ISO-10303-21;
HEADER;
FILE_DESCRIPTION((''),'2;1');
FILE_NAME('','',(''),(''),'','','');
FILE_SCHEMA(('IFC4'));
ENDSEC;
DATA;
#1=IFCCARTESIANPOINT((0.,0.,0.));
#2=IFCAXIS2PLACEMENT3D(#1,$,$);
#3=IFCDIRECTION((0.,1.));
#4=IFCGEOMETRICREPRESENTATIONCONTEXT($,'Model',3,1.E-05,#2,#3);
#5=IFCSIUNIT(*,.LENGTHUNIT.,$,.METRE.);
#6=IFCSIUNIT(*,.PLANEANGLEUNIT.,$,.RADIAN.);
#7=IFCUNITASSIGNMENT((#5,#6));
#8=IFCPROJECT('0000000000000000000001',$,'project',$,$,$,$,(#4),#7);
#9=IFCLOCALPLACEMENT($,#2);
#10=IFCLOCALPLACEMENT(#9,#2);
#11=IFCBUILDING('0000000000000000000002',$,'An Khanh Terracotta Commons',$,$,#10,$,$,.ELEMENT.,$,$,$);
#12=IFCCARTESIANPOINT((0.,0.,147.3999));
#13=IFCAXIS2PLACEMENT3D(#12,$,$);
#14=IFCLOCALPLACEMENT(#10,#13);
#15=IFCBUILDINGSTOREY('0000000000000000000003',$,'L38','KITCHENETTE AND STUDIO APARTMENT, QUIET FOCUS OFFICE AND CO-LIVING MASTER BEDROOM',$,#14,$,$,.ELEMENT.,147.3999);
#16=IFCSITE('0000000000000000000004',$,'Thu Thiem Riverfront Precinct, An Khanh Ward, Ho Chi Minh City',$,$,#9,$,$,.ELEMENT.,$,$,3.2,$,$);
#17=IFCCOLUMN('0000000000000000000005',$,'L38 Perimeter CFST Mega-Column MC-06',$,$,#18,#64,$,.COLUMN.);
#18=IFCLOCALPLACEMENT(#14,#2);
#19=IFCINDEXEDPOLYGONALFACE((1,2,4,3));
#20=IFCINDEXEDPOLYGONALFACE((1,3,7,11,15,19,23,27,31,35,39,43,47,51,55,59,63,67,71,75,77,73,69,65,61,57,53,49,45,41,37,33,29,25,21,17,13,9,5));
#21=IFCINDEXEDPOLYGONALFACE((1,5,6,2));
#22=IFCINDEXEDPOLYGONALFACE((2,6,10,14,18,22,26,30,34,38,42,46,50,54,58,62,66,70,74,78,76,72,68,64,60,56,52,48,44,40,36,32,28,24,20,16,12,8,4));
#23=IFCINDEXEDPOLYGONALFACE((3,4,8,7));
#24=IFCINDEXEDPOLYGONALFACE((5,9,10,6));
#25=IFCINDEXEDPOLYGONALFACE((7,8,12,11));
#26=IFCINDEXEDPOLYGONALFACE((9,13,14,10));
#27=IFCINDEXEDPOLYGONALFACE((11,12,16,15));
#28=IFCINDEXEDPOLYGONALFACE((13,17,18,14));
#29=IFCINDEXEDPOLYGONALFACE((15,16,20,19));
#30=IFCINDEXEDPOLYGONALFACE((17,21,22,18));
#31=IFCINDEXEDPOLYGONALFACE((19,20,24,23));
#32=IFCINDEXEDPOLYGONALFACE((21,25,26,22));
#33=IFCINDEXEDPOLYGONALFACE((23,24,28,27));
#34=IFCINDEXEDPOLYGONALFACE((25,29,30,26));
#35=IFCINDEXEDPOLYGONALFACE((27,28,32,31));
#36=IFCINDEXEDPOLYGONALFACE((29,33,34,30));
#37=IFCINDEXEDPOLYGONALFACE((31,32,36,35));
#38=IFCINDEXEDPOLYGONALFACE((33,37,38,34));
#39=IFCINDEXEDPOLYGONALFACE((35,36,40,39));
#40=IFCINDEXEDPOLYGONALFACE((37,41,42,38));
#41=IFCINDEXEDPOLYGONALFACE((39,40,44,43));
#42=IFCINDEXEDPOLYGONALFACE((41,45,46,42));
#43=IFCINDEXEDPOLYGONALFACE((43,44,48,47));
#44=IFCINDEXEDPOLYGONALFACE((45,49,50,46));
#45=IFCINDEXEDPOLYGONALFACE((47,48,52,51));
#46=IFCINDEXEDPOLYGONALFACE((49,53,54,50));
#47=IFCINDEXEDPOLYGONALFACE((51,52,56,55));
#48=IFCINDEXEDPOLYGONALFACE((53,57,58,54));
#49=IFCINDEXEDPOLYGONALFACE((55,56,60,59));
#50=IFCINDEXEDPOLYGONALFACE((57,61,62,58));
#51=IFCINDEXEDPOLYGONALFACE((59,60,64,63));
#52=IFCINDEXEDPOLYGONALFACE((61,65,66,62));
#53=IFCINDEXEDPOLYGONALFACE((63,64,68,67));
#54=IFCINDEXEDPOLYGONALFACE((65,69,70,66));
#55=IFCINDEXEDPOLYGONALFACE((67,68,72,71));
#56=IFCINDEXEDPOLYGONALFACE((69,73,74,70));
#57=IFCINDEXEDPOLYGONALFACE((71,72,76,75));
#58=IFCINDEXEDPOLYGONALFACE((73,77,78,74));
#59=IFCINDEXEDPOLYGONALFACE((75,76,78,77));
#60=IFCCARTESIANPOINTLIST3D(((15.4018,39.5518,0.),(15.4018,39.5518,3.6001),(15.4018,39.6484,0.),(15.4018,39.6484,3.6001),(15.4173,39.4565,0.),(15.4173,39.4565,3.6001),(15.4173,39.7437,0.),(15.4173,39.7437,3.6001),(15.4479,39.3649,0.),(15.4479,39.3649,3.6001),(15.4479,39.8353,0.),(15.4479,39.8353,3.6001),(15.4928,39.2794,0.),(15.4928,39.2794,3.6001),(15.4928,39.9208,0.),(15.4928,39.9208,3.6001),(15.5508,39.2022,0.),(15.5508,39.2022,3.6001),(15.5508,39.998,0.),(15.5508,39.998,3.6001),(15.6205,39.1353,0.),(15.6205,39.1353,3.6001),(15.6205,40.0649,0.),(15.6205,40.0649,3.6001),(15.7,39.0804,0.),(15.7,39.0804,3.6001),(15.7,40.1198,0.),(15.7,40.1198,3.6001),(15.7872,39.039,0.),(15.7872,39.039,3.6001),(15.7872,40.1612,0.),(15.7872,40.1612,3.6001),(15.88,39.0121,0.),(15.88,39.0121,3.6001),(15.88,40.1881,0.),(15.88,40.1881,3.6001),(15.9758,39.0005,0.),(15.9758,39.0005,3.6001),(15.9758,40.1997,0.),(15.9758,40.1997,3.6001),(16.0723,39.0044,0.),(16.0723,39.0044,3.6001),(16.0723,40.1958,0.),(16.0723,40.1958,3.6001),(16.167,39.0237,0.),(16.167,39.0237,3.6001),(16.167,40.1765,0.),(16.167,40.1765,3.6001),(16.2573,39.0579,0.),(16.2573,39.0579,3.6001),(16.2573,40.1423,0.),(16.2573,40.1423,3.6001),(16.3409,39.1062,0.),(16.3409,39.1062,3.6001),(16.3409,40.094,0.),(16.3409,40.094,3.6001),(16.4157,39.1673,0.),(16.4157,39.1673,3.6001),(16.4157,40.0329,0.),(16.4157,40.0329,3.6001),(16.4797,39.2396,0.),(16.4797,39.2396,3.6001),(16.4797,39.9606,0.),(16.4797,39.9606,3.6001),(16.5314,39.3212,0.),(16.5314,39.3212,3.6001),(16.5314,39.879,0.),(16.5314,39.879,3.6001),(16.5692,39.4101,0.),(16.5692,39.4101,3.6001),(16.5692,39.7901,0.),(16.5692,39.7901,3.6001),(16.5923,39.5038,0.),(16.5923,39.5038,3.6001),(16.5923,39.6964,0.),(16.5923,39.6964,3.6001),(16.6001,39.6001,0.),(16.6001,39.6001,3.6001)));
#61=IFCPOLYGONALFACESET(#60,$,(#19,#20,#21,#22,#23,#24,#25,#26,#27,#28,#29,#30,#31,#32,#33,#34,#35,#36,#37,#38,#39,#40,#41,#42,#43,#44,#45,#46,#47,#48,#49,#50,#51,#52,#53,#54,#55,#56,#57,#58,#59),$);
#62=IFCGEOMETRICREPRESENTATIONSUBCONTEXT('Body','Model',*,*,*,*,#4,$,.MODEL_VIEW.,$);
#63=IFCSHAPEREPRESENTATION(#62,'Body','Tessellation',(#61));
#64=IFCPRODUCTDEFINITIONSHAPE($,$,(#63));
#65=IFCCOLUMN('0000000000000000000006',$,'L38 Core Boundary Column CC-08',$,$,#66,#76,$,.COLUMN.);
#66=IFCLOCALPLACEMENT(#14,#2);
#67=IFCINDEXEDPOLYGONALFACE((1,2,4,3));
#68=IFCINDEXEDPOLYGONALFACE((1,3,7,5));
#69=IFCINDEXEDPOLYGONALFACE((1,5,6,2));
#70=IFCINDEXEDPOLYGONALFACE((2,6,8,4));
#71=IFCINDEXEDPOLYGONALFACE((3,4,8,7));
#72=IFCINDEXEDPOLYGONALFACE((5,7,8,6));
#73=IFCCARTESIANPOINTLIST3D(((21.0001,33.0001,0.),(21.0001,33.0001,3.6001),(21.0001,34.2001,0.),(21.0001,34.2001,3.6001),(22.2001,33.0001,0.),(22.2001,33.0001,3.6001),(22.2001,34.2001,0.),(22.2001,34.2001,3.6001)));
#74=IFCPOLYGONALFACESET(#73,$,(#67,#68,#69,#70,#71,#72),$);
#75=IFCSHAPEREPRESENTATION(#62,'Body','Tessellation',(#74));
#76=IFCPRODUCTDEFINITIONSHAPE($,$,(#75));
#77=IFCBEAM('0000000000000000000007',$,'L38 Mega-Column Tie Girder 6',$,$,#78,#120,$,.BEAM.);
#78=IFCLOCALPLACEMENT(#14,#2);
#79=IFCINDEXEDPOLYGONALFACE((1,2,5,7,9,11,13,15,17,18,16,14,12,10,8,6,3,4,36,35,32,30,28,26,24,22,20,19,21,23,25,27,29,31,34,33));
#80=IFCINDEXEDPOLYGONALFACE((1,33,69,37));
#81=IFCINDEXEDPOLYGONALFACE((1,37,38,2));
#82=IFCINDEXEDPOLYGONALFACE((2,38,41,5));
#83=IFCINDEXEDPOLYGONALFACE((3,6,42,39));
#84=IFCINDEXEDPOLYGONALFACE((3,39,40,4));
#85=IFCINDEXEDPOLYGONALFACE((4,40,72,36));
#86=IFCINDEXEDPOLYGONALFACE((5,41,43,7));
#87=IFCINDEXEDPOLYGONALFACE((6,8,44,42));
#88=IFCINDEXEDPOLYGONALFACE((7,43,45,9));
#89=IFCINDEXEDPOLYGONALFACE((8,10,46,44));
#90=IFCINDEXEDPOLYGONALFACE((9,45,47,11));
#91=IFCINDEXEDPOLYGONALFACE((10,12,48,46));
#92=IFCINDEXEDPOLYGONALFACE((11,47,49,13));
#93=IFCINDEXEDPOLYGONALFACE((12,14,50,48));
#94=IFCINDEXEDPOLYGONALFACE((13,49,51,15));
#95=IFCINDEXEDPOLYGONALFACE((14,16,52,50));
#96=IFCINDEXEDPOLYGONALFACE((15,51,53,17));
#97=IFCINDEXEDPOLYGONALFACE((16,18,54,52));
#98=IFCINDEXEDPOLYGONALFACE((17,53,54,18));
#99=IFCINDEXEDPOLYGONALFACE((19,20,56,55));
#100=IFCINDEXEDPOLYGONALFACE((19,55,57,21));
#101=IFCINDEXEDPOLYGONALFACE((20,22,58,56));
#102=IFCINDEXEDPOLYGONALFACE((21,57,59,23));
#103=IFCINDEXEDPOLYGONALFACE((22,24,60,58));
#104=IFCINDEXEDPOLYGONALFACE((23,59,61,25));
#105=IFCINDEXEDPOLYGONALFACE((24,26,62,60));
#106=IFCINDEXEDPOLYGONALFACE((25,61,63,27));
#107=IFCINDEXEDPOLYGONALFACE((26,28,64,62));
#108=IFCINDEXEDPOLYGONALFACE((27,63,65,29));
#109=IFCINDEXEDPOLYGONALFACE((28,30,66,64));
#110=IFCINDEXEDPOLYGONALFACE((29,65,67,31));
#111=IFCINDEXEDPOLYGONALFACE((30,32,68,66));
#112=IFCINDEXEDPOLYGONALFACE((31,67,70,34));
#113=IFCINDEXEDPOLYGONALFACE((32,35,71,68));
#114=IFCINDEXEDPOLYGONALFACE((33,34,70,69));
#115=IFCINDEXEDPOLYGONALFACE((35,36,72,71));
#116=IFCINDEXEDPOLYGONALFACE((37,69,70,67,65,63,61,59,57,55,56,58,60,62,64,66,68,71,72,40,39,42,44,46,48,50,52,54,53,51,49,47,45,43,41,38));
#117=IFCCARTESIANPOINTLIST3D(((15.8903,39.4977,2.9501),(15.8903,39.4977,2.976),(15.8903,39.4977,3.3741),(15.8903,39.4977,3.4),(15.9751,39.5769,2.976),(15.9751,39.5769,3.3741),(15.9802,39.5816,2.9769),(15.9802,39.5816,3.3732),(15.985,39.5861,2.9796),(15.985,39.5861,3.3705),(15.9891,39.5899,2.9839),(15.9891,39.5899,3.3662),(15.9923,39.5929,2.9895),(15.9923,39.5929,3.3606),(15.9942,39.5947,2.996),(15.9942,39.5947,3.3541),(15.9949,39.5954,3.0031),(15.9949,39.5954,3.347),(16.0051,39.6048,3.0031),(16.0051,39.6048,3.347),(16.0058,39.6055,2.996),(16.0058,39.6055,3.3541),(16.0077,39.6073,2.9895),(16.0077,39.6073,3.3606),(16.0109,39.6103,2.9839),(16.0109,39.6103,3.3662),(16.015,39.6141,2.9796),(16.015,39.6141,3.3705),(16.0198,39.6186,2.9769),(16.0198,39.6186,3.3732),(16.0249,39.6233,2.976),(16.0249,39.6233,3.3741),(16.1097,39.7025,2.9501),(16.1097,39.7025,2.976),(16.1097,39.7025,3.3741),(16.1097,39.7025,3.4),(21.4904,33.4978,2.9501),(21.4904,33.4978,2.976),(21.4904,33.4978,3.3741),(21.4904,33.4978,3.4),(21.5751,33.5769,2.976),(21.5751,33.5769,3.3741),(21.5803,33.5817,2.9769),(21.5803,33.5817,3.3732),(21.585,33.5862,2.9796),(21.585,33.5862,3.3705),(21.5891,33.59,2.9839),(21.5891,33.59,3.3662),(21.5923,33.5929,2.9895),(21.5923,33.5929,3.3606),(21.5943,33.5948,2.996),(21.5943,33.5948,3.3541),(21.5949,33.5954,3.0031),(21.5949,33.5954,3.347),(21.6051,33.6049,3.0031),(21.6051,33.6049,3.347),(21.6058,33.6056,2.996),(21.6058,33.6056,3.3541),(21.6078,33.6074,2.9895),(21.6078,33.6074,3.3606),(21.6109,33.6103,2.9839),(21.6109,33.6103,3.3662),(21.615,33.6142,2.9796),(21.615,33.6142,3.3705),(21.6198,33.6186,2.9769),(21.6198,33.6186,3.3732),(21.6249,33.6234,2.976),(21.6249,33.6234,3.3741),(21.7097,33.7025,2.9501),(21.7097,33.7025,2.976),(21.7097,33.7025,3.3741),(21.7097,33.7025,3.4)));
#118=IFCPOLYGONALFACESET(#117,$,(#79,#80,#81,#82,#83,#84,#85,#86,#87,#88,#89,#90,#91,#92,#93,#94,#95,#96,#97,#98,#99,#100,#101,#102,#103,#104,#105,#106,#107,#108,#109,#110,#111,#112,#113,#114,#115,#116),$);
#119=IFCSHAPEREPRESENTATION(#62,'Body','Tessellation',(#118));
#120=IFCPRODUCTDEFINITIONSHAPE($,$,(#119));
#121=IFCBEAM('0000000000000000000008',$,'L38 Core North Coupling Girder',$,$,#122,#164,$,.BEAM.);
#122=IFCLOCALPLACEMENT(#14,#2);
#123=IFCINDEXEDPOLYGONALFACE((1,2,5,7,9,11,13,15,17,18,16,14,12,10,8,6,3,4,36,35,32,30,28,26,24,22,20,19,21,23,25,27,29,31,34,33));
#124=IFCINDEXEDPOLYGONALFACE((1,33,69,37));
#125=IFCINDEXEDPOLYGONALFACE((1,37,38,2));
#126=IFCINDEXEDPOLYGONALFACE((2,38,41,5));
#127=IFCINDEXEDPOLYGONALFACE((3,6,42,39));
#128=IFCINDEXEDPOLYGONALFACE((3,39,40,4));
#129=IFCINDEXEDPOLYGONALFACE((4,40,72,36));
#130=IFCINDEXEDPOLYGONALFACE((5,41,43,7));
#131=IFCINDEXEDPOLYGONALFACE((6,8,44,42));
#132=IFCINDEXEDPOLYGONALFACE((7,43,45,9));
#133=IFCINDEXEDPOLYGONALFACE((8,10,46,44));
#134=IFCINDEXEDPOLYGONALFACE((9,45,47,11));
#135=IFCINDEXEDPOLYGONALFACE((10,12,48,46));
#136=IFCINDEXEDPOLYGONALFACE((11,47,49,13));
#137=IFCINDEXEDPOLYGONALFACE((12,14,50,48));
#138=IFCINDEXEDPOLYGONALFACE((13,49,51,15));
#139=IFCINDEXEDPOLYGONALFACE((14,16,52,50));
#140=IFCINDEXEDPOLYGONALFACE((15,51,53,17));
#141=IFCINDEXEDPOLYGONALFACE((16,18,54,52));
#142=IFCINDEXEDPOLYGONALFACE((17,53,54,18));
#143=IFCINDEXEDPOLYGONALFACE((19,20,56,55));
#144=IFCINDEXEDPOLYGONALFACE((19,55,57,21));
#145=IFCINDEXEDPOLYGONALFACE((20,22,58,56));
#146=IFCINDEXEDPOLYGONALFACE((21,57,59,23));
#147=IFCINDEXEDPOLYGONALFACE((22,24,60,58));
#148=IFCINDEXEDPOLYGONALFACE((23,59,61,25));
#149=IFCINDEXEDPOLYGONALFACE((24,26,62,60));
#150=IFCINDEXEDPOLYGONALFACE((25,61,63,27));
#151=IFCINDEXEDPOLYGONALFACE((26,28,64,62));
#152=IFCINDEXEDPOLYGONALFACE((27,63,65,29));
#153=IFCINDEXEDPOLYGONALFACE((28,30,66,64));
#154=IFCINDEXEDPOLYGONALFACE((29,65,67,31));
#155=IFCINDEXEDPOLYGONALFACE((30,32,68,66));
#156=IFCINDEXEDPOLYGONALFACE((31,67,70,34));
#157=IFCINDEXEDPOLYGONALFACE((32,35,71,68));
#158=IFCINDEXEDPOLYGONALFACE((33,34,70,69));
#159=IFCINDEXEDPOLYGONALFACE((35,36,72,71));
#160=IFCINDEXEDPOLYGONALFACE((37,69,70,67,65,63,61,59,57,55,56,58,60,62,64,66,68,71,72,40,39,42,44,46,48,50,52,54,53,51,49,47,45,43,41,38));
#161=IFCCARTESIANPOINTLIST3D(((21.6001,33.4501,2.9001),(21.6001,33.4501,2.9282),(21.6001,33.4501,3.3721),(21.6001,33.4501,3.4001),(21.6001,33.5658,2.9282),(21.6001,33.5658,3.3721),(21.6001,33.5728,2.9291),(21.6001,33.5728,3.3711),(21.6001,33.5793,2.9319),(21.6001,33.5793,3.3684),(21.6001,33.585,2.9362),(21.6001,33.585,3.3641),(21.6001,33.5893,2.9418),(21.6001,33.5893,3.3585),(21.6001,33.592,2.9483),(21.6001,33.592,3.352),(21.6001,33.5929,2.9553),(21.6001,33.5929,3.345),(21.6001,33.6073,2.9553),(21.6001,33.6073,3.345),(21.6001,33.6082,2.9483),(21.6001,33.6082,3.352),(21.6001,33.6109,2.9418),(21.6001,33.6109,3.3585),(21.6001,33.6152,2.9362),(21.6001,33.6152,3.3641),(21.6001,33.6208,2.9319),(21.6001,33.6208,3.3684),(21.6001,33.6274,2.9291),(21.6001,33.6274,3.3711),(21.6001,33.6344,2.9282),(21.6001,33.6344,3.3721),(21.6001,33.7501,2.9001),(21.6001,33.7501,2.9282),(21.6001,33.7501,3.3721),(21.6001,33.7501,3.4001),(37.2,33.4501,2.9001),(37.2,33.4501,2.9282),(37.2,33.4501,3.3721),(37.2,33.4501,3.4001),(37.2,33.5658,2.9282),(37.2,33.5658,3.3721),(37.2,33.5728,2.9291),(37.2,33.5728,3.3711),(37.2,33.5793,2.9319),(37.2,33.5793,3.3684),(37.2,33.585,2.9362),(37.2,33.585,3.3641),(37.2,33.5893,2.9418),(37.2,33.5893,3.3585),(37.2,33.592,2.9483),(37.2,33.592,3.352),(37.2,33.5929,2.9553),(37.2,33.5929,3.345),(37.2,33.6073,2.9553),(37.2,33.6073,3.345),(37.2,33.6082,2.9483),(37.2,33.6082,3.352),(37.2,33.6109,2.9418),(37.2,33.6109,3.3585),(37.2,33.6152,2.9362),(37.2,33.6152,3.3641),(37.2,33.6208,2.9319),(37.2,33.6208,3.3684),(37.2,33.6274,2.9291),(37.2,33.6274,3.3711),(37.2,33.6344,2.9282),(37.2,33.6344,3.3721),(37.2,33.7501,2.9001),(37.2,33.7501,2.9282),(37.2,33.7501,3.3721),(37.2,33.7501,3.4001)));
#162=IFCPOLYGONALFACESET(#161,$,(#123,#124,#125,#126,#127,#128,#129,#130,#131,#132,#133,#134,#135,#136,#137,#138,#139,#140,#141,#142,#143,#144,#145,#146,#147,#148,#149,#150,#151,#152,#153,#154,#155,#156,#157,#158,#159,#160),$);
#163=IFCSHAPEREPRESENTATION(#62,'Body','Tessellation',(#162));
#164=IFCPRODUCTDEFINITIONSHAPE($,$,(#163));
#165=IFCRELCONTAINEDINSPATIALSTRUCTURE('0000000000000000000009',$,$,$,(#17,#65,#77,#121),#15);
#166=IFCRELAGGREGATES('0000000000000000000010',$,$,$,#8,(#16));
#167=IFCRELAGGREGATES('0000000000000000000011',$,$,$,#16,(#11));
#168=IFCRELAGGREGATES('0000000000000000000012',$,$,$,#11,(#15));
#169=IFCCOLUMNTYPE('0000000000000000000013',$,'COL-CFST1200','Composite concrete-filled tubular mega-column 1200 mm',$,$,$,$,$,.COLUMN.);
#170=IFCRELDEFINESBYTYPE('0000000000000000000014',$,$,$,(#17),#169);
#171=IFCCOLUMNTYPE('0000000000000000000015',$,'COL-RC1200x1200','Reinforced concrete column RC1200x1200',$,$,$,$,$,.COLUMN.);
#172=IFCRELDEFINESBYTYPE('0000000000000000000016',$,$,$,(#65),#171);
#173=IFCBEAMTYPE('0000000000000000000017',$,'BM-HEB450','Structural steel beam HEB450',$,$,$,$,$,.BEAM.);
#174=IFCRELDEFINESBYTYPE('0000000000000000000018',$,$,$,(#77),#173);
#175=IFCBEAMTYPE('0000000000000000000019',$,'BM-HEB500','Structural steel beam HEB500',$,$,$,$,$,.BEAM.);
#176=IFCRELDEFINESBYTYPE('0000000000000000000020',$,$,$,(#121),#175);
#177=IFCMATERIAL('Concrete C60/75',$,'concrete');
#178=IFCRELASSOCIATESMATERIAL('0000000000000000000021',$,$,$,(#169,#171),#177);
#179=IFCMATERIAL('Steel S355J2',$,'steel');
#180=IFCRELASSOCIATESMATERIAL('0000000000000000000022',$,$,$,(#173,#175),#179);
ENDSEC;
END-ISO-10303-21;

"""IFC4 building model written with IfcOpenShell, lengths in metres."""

from ifc_helpers import new_model, si_unit, direction, frame, origin, origin_2d, place, context, subcontext, project, spatial, rectangle, circle, i_section, extrude, material, material_profile, profile_set, type_object, element, save


model = new_model("IFC4")

# Units and contexts
model_context = context("Model", 3, precision=1e-05, world=origin(), true_north=direction((0.0, 1.0)))
body_context = subcontext(model_context, "Body", "Model", "MODEL_VIEW")
ifc_project = project(units=[si_unit("LENGTHUNIT", "METRE"), si_unit("PLANEANGLEUNIT", "RADIAN")], contexts=[model_context])

# Site, building, storey
site_placement = place(None, origin())
site = spatial("IfcSite", under=ifc_project, at=site_placement, Name="Thu Thiem Riverfront Precinct, An Khanh Ward, Ho Chi Minh City", CompositionType="ELEMENT", RefElevation=3.2)
building_placement = place(site_placement, origin())
building = spatial("IfcBuilding", under=site, at=building_placement, Name="An Khanh Terracotta Commons", CompositionType="ELEMENT")
storey_placement = place(building_placement, frame((0.0, 0.0, 147.3999)))
storey = spatial("IfcBuildingStorey", under=building, at=storey_placement, Name="L38", Description="KITCHENETTE AND STUDIO APARTMENT, QUIET FOCUS OFFICE AND CO-LIVING MASTER BEDROOM", CompositionType="ELEMENT", Elevation=147.3999)

# Columns
ifc_material_1 = material(Name="Concrete C60/75", Category="concrete")
ifc_material_profile_1 = material_profile(ifc_material_1, circle(Radius=0.6001, at=origin_2d()), Name="CFST1200")
ifc_profile_set_1 = profile_set([ifc_material_profile_1], Name="Concrete C60/75")
column_type_1 = type_object("IfcColumnType", Name="COL-CFST1200", Description="Composite concrete-filled tubular mega-column 1200 mm", PredefinedType="COLUMN", material=ifc_profile_set_1)
column_1_placement = place(storey_placement, frame((16.0, 39.6001, 0.0), z_axis=(0.0, 0.0, 1.0), x_axis=(1.0, 0.0, 0.0)))
element("IfcColumn", 1, at=column_1_placement, inside=storey, type_object=column_type_1, Name="L38 Perimeter CFST Mega-Column MC-06", PredefinedType="COLUMN", context=body_context, shape_type="SweptSolid", body=[
    extrude(circle(Radius=0.6001, at=origin_2d()), origin(), (0.0, 0.0, 1.0), 3.6001),
])
ifc_material_profile_2 = material_profile(ifc_material_1, rectangle(XDim=1.2, YDim=1.2, at=origin_2d()), Name="RC1200x1200")
ifc_profile_set_2 = profile_set([ifc_material_profile_2], Name="Concrete C60/75")
column_type_2 = type_object("IfcColumnType", Name="COL-RC1200x1200", Description="Reinforced concrete column RC1200x1200", PredefinedType="COLUMN", material=ifc_profile_set_2)
column_2_placement = place(storey_placement, frame((21.6001, 33.6001, 0.0), z_axis=(0.0, 0.0, 1.0), x_axis=(1.0, 0.0, 0.0)))
element("IfcColumn", 2, at=column_2_placement, inside=storey, type_object=column_type_2, Name="L38 Core Boundary Column CC-08", PredefinedType="COLUMN", context=body_context, shape_type="SweptSolid", body=[
    extrude(rectangle(XDim=1.2, YDim=1.2, at=origin_2d()), origin(), (0.0, 0.0, 1.0), 3.6001),
])

# Beams
ifc_material_2 = material(Name="Steel S355J2", Category="steel")
ifc_material_profile_3 = material_profile(ifc_material_2, i_section(OverallWidth=0.3, OverallDepth=0.45, WebThickness=0.0139, FlangeThickness=0.0259, FilletRadius=0.0271, at=origin_2d()), Name="HEB450")
ifc_profile_set_3 = profile_set([ifc_material_profile_3], Name="Steel S355J2")
beam_type_1 = type_object("IfcBeamType", Name="BM-HEB450", Description="Structural steel beam HEB450", PredefinedType="BEAM", material=ifc_profile_set_3)
beam_1_placement = place(storey_placement, frame((16.0, 39.6001, 3.175), z_axis=(0.682325, -0.731049, 0.0), x_axis=(0.731049, 0.682325, 0.0)))
element("IfcBeam", 3, at=beam_1_placement, inside=storey, type_object=beam_type_1, Name="L38 Mega-Column Tie Girder 6", PredefinedType="BEAM", context=body_context, shape_type="SweptSolid", body=[
    extrude(i_section(OverallWidth=0.3, OverallDepth=0.45, WebThickness=0.0139, FlangeThickness=0.0259, FilletRadius=0.0271, at=origin_2d()), origin(), (0.0, 0.0, 1.0), 8.2073),
])
ifc_material_profile_4 = material_profile(ifc_material_2, i_section(OverallWidth=0.3, OverallDepth=0.5, WebThickness=0.0144, FlangeThickness=0.0281, FilletRadius=0.0271, at=origin_2d()), Name="HEB500")
ifc_profile_set_4 = profile_set([ifc_material_profile_4], Name="Steel S355J2")
beam_type_2 = type_object("IfcBeamType", Name="BM-HEB500", Description="Structural steel beam HEB500", PredefinedType="BEAM", material=ifc_profile_set_4)
beam_2_placement = place(storey_placement, frame((21.6001, 33.6001, 3.1501), z_axis=(1.0, 0.0, 0.0), x_axis=(0.0, 1.0, 0.0)))
element("IfcBeam", 4, at=beam_2_placement, inside=storey, type_object=beam_type_2, Name="L38 Core North Coupling Girder", PredefinedType="BEAM", context=body_context, shape_type="SweptSolid", body=[
    extrude(i_section(OverallWidth=0.3, OverallDepth=0.5, WebThickness=0.0144, FlangeThickness=0.0281, FilletRadius=0.0271, at=origin_2d()), origin(), (0.0, 0.0, 1.0), 15.5999),
])

save(model, "model.ifc")
